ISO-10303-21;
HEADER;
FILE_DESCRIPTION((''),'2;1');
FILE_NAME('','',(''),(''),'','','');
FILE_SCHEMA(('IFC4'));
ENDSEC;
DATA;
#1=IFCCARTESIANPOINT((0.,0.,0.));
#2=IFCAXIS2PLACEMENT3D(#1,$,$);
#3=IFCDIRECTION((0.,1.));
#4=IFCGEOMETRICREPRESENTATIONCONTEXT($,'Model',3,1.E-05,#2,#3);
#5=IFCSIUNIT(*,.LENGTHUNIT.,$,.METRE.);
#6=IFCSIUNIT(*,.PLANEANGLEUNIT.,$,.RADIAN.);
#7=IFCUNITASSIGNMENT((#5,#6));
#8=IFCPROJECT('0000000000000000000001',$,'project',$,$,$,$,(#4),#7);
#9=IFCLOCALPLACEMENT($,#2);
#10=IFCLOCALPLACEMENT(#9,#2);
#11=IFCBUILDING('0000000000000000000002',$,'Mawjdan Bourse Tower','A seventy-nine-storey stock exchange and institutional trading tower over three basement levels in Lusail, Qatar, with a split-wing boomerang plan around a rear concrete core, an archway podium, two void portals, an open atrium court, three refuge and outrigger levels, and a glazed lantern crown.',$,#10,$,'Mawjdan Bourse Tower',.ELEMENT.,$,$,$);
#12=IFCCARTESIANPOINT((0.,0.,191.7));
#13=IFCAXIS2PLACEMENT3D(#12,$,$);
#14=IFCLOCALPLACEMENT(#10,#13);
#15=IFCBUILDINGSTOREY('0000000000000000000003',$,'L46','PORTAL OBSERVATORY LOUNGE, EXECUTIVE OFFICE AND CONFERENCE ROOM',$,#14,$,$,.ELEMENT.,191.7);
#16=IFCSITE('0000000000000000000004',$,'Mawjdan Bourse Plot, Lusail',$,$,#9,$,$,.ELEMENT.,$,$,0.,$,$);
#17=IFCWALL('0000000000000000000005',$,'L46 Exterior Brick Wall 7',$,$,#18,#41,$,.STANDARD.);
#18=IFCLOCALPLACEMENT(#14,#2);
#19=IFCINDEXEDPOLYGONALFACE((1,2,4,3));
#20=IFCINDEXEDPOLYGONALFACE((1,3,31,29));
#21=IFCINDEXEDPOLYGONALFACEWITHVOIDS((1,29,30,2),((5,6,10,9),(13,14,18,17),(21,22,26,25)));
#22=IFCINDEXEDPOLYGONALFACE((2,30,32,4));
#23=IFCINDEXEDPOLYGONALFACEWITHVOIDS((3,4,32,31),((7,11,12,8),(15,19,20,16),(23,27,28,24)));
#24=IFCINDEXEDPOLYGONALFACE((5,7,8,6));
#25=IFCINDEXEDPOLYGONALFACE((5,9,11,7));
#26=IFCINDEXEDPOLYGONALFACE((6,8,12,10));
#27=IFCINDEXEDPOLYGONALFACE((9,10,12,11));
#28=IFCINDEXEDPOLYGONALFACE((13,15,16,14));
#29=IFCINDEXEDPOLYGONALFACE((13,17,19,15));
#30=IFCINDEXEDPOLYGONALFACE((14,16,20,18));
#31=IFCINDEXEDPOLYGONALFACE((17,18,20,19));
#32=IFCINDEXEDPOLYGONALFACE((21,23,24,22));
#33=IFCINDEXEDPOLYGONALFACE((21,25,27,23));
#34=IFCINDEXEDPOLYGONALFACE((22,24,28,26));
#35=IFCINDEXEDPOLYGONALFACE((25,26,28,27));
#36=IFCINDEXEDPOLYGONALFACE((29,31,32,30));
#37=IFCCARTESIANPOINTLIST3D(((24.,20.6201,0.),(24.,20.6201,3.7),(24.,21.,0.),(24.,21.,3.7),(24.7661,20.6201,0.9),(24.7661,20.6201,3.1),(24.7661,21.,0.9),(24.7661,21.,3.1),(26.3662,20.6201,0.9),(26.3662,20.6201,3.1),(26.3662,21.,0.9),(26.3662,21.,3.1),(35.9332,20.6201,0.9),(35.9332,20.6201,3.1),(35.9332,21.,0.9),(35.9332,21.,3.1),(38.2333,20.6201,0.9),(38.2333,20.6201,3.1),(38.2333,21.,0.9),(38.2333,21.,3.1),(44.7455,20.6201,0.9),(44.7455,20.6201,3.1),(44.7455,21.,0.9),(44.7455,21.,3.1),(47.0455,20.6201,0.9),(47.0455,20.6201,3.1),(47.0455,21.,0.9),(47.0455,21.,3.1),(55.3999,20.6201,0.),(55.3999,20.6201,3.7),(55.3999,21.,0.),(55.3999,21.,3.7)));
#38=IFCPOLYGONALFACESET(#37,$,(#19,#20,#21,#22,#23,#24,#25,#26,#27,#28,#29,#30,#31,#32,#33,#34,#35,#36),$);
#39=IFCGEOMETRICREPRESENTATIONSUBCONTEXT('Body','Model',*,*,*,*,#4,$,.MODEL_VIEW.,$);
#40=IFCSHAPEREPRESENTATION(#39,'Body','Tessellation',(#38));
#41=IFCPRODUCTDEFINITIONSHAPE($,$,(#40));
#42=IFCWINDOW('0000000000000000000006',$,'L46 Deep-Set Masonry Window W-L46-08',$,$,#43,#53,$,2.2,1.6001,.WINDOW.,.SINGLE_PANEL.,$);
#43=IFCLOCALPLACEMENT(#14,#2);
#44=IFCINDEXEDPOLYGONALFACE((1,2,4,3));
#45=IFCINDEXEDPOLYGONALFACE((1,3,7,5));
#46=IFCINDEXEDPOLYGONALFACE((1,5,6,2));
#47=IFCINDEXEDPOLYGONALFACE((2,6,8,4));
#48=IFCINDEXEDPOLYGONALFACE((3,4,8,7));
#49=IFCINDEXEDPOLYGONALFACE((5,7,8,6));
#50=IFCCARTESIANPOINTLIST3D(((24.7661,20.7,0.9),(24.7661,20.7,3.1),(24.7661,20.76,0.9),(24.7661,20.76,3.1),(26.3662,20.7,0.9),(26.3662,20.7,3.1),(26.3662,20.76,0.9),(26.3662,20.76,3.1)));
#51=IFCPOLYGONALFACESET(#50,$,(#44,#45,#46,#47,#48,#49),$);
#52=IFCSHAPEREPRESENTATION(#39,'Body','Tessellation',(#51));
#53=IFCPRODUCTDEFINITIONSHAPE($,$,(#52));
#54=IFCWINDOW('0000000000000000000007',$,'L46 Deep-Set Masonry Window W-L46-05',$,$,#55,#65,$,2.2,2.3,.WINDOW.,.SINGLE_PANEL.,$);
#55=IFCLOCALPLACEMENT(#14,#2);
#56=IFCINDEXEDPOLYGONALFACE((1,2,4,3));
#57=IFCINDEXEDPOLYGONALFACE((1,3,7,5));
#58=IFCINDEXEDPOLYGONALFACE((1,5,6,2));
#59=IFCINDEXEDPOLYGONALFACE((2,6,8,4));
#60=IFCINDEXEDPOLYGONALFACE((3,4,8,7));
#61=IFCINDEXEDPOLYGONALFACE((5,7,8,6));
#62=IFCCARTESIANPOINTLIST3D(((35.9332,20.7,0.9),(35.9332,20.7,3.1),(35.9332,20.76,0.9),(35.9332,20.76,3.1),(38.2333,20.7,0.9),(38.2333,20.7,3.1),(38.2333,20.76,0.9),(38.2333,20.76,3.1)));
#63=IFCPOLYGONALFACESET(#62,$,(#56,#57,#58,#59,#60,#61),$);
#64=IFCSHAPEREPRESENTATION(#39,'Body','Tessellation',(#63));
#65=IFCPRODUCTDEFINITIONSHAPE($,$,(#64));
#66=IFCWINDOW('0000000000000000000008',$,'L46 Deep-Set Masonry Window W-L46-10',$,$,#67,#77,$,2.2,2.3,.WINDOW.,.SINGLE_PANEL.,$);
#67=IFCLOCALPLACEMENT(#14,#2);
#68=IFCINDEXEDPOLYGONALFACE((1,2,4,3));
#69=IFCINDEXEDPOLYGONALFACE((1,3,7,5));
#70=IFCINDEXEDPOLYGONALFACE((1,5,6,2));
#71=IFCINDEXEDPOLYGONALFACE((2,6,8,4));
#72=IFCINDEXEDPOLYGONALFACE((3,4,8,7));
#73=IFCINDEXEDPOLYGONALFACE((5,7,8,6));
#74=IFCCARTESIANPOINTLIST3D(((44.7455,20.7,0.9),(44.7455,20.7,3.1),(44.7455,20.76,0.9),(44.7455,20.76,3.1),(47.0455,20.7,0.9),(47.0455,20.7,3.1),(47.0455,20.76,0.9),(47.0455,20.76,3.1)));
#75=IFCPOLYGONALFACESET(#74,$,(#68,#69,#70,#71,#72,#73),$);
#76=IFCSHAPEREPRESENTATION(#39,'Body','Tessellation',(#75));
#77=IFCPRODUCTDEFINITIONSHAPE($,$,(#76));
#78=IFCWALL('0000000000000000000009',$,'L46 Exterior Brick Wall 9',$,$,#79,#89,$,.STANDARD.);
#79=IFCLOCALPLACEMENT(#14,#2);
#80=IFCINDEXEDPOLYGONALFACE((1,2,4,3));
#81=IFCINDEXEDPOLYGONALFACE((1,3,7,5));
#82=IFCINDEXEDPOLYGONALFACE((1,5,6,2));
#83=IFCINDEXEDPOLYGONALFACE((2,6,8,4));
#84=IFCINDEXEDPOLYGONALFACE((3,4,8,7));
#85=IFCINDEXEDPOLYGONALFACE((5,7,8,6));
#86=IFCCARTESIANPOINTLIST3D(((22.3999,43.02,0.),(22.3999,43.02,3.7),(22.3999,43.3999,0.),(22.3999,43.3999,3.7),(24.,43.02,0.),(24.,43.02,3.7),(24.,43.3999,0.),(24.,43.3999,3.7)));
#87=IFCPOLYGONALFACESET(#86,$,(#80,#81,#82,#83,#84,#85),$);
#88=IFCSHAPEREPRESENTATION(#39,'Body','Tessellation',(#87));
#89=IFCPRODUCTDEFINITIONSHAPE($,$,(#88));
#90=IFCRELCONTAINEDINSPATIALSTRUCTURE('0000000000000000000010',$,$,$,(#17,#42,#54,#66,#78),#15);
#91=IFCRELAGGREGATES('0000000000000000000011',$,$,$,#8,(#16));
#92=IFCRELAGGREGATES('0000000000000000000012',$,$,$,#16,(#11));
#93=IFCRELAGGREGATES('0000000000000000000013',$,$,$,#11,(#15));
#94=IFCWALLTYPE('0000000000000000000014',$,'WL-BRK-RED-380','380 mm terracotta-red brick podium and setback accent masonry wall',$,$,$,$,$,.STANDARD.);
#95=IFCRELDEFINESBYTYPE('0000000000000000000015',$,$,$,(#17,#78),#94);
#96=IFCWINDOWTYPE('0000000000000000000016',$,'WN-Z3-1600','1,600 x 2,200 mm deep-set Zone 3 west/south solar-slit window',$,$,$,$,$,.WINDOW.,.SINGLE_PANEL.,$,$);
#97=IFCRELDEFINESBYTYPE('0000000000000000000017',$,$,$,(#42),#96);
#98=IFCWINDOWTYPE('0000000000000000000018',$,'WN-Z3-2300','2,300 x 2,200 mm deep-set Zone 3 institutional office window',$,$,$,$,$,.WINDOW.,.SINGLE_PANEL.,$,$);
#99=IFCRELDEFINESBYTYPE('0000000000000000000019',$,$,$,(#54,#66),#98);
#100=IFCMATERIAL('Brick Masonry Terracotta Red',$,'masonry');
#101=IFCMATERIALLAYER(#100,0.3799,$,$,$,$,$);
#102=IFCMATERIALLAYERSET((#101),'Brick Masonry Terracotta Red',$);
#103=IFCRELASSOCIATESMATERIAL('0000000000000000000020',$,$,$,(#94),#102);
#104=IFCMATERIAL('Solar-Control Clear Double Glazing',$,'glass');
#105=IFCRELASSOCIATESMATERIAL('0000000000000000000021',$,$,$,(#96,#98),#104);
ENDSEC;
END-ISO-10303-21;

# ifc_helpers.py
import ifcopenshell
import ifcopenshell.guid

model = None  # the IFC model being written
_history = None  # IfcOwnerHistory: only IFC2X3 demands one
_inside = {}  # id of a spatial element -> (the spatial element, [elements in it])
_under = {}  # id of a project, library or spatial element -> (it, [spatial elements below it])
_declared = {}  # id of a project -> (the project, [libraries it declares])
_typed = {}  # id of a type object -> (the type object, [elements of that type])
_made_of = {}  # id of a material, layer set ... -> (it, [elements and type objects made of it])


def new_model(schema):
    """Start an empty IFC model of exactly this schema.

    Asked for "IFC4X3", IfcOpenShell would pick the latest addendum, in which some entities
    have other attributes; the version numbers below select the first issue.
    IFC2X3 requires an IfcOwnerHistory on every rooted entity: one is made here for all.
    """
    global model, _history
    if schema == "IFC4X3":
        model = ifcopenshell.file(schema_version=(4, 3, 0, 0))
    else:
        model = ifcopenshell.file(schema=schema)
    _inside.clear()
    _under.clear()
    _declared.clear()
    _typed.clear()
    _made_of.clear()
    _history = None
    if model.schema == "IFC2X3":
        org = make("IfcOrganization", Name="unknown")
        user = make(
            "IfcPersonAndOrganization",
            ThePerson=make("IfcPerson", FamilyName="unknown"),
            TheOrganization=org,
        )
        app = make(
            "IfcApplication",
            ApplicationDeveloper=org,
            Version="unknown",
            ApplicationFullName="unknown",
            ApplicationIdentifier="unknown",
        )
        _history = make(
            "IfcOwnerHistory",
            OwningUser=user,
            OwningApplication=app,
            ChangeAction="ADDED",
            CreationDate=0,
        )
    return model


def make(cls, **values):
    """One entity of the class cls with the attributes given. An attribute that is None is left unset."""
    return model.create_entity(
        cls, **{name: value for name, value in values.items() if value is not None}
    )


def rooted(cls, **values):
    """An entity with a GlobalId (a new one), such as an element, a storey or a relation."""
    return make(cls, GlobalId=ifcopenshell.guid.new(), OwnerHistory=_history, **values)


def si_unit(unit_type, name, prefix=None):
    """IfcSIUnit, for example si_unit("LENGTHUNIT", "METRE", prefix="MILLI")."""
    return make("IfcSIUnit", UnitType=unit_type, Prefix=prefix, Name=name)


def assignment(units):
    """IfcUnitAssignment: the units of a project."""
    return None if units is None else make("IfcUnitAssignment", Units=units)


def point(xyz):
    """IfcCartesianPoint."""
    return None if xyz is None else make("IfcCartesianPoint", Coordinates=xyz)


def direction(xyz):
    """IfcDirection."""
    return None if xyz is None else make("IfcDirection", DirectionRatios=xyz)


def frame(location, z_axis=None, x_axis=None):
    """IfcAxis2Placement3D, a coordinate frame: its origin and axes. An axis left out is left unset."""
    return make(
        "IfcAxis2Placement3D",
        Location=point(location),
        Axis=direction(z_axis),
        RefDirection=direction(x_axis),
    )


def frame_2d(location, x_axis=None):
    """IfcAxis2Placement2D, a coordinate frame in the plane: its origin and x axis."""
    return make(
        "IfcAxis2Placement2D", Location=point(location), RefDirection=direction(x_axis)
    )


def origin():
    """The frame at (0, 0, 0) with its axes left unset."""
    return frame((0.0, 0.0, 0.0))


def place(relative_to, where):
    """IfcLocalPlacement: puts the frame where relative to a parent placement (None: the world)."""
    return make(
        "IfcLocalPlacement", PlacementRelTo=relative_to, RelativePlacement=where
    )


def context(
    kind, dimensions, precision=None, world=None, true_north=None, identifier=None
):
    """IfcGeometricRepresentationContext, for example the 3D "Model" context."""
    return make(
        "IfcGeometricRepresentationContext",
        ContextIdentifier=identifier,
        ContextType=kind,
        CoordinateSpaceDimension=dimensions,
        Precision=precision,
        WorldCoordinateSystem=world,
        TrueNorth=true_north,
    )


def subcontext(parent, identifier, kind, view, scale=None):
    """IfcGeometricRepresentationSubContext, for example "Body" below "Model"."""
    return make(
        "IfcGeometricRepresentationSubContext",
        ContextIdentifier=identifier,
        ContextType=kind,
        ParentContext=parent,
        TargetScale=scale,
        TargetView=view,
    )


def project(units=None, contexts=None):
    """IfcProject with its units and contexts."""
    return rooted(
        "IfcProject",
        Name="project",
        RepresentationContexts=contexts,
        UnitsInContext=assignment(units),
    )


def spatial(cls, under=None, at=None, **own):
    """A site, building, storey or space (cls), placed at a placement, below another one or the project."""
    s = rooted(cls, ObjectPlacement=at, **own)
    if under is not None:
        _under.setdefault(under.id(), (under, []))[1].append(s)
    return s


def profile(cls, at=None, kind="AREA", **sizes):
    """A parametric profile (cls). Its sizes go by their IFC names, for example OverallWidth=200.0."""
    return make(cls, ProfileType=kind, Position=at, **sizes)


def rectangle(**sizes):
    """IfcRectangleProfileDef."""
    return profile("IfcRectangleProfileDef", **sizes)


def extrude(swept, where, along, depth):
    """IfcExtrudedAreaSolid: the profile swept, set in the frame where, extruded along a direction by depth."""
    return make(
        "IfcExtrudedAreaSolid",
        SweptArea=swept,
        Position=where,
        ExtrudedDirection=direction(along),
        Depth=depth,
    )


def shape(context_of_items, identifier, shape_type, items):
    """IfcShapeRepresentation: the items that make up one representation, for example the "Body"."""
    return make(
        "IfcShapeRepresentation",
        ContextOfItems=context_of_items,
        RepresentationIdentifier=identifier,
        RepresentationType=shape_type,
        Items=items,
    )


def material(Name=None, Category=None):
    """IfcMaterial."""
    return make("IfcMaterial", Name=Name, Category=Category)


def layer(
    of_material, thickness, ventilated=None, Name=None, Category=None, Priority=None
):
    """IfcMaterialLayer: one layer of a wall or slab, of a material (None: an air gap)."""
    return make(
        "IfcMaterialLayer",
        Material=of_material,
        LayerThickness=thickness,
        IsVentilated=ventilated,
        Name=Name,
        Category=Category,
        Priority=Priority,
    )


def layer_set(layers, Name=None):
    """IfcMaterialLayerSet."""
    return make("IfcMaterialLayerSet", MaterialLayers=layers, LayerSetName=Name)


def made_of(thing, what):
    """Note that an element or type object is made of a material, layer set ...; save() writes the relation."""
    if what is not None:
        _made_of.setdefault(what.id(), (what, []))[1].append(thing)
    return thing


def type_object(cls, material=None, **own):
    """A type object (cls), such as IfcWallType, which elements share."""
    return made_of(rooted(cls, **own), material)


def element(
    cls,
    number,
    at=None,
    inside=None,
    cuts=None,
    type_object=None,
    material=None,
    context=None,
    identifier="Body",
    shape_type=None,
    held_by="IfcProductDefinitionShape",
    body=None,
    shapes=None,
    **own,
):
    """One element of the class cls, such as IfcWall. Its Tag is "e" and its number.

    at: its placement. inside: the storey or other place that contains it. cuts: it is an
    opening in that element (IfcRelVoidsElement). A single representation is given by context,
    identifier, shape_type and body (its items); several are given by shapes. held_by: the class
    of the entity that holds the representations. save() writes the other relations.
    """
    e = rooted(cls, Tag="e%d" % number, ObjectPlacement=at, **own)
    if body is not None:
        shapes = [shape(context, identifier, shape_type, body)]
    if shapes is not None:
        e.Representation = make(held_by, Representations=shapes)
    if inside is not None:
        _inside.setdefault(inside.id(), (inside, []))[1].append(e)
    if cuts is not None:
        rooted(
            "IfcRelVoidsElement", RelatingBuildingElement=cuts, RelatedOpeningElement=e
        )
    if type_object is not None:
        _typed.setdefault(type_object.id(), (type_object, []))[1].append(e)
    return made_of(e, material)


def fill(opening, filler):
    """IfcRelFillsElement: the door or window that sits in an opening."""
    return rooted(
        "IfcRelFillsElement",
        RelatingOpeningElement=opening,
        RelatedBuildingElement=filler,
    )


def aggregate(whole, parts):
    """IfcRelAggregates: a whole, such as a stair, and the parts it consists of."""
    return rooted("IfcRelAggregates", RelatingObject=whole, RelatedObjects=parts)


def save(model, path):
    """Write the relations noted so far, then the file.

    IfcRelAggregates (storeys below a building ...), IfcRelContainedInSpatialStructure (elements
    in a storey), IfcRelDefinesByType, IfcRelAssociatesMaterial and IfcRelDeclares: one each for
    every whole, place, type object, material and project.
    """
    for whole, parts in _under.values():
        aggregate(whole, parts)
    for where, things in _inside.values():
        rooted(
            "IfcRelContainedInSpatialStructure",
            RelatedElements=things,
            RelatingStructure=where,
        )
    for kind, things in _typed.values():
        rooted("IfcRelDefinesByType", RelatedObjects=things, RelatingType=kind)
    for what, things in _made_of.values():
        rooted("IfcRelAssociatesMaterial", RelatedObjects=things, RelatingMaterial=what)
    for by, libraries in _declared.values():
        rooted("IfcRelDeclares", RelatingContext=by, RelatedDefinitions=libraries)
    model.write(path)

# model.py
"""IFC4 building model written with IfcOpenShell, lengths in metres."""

from ifc_helpers import new_model, si_unit, direction, frame, frame_2d, origin, place, context, subcontext, project, spatial, rectangle, extrude, material, layer, layer_set, type_object, element, fill, save


model = new_model("IFC4")

# Units and contexts
model_context = context("Model", 3, precision=1e-05, world=origin(), true_north=direction((0.0, 1.0)))
body_context = subcontext(model_context, "Body", "Model", "MODEL_VIEW")
ifc_project = project(units=[si_unit("LENGTHUNIT", "METRE"), si_unit("PLANEANGLEUNIT", "RADIAN")], contexts=[model_context])

# Site, building, storey
site_placement = place(None, origin())
site = spatial("IfcSite", under=ifc_project, at=site_placement, Name="Mawjdan Bourse Plot, Lusail", CompositionType="ELEMENT", RefElevation=0.0)
building_placement = place(site_placement, origin())
building = spatial("IfcBuilding", under=site, at=building_placement, Name="Mawjdan Bourse Tower", Description="A seventy-nine-storey stock exchange and institutional trading tower over three basement levels in Lusail, Qatar, with a split-wing boomerang plan around a rear concrete core, an archway podium, two void portals, an open atrium court, three refuge and outrigger levels, and a glazed lantern crown.", LongName="Mawjdan Bourse Tower", CompositionType="ELEMENT")
storey_placement = place(building_placement, frame((0.0, 0.0, 191.7)))
storey = spatial("IfcBuildingStorey", under=building, at=storey_placement, Name="L46", Description="PORTAL OBSERVATORY LOUNGE, EXECUTIVE OFFICE AND CONFERENCE ROOM", CompositionType="ELEMENT", Elevation=191.7)

# Shared definitions
ifc_material_1 = material(Name="Brick Masonry Terracotta Red", Category="masonry")
ifc_layer = layer(ifc_material_1, 0.3799)
ifc_layer_set = layer_set([ifc_layer], Name="Brick Masonry Terracotta Red")
wall_type = type_object("IfcWallType", Name="WL-BRK-RED-380", Description="380 mm terracotta-red brick podium and setback accent masonry wall", PredefinedType="STANDARD", material=ifc_layer_set)

# Wall, openings, windows
wall_1_placement = place(storey_placement, frame((55.3999, 20.8101, 0.0), z_axis=(0.0, 0.0, 1.0), x_axis=(-1.0, 0.0, 0.0)))
wall_1 = element("IfcWall", 1, at=wall_1_placement, inside=storey, type_object=wall_type, Name="L46 Exterior Brick Wall 7", PredefinedType="STANDARD", context=body_context, shape_type="SweptSolid", body=[
    extrude(rectangle(XDim=31.3999, YDim=0.3799, at=frame_2d((15.7, 0.0))), origin(), (0.0, 0.0, 1.0), 3.7),
])
opening_1_placement = place(wall_1_placement, frame((17.1667, 0.0, 0.8999)))
opening_1 = element("IfcOpeningElement", 2, at=opening_1_placement, cuts=wall_1, PredefinedType="OPENING", context=body_context, shape_type="SweptSolid", body=[
    extrude(rectangle(XDim=2.3, YDim=2.2, at=frame_2d((1.1499, 1.1001))), frame((0.0, 0.2, 0.0), z_axis=(0.0, -1.0, 0.0), x_axis=(1.0, 0.0, 0.0)), (0.0, 0.0, 1.0), 0.3999),
])
opening_2_placement = place(wall_1_placement, frame((29.0337, 0.0, 0.8999)))
opening_2 = element("IfcOpeningElement", 3, at=opening_2_placement, cuts=wall_1, PredefinedType="OPENING", context=body_context, shape_type="SweptSolid", body=[
    extrude(rectangle(XDim=1.6001, YDim=2.2, at=frame_2d((0.8, 1.1001))), frame((0.0, 0.2, 0.0), z_axis=(0.0, -1.0, 0.0), x_axis=(1.0, 0.0, 0.0)), (0.0, 0.0, 1.0), 0.3999),
])
opening_3_placement = place(wall_1_placement, frame((8.3545, 0.0, 0.8999)))
opening_3 = element("IfcOpeningElement", 4, at=opening_3_placement, cuts=wall_1, PredefinedType="OPENING", context=body_context, shape_type="SweptSolid", body=[
    extrude(rectangle(XDim=2.3, YDim=2.2, at=frame_2d((1.1499, 1.1001))), frame((0.0, 0.2, 0.0), z_axis=(0.0, -1.0, 0.0), x_axis=(1.0, 0.0, 0.0)), (0.0, 0.0, 1.0), 0.3999),
])
ifc_material_2 = material(Name="Solar-Control Clear Double Glazing", Category="glass")
window_type_1 = type_object("IfcWindowType", Name="WN-Z3-1600", Description="1,600 x 2,200 mm deep-set Zone 3 west/south solar-slit window", PartitioningType="SINGLE_PANEL", PredefinedType="WINDOW", material=ifc_material_2)
window_1_placement = place(opening_2_placement, origin())
window_1 = element("IfcWindow", 5, at=window_1_placement, inside=storey, type_object=window_type_1, Name="L46 Deep-Set Masonry Window W-L46-08", OverallHeight=2.2, OverallWidth=1.6001, PartitioningType="SINGLE_PANEL", PredefinedType="WINDOW", context=body_context, shape_type="SweptSolid", body=[
    extrude(rectangle(XDim=1.6001, YDim=2.2, at=frame_2d((0.8, 1.1001))), frame((0.0, 0.1101, 0.0), z_axis=(0.0, -1.0, 0.0), x_axis=(1.0, 0.0, 0.0)), (0.0, 0.0, 1.0), 0.0601),
])
fill(opening_2, window_1)
window_type_2 = type_object("IfcWindowType", Name="WN-Z3-2300", Description="2,300 x 2,200 mm deep-set Zone 3 institutional office window", PartitioningType="SINGLE_PANEL", PredefinedType="WINDOW", material=ifc_material_2)
window_2_placement = place(opening_1_placement, origin())
window_2 = element("IfcWindow", 6, at=window_2_placement, inside=storey, type_object=window_type_2, Name="L46 Deep-Set Masonry Window W-L46-05", OverallHeight=2.2, OverallWidth=2.3, PartitioningType="SINGLE_PANEL", PredefinedType="WINDOW", context=body_context, shape_type="SweptSolid", body=[
    extrude(rectangle(XDim=2.3, YDim=2.2, at=frame_2d((1.1499, 1.1001))), frame((0.0, 0.1101, 0.0), z_axis=(0.0, -1.0, 0.0), x_axis=(1.0, 0.0, 0.0)), (0.0, 0.0, 1.0), 0.0601),
])
fill(opening_1, window_2)
window_3_placement = place(opening_3_placement, origin())
window_3 = element("IfcWindow", 7, at=window_3_placement, inside=storey, type_object=window_type_2, Name="L46 Deep-Set Masonry Window W-L46-10", OverallHeight=2.2, OverallWidth=2.3, PartitioningType="SINGLE_PANEL", PredefinedType="WINDOW", context=body_context, shape_type="SweptSolid", body=[
    extrude(rectangle(XDim=2.3, YDim=2.2, at=frame_2d((1.1499, 1.1001))), frame((0.0, 0.1101, 0.0), z_axis=(0.0, -1.0, 0.0), x_axis=(1.0, 0.0, 0.0)), (0.0, 0.0, 1.0), 0.0601),
])
fill(opening_3, window_3)

# Wall
wall_2_placement = place(storey_placement, frame((24.0, 43.21, 0.0), z_axis=(0.0, 0.0, 1.0), x_axis=(-1.0, 0.0, 0.0)))
element("IfcWall", 8, at=wall_2_placement, inside=storey, type_object=wall_type, Name="L46 Exterior Brick Wall 9", PredefinedType="STANDARD", context=body_context, shape_type="SweptSolid", body=[
    extrude(rectangle(XDim=1.6001, YDim=0.3799, at=frame_2d((0.8, 0.0))), origin(), (0.0, 0.0, 1.0), 3.7),
])

save(model, "model.ifc")
